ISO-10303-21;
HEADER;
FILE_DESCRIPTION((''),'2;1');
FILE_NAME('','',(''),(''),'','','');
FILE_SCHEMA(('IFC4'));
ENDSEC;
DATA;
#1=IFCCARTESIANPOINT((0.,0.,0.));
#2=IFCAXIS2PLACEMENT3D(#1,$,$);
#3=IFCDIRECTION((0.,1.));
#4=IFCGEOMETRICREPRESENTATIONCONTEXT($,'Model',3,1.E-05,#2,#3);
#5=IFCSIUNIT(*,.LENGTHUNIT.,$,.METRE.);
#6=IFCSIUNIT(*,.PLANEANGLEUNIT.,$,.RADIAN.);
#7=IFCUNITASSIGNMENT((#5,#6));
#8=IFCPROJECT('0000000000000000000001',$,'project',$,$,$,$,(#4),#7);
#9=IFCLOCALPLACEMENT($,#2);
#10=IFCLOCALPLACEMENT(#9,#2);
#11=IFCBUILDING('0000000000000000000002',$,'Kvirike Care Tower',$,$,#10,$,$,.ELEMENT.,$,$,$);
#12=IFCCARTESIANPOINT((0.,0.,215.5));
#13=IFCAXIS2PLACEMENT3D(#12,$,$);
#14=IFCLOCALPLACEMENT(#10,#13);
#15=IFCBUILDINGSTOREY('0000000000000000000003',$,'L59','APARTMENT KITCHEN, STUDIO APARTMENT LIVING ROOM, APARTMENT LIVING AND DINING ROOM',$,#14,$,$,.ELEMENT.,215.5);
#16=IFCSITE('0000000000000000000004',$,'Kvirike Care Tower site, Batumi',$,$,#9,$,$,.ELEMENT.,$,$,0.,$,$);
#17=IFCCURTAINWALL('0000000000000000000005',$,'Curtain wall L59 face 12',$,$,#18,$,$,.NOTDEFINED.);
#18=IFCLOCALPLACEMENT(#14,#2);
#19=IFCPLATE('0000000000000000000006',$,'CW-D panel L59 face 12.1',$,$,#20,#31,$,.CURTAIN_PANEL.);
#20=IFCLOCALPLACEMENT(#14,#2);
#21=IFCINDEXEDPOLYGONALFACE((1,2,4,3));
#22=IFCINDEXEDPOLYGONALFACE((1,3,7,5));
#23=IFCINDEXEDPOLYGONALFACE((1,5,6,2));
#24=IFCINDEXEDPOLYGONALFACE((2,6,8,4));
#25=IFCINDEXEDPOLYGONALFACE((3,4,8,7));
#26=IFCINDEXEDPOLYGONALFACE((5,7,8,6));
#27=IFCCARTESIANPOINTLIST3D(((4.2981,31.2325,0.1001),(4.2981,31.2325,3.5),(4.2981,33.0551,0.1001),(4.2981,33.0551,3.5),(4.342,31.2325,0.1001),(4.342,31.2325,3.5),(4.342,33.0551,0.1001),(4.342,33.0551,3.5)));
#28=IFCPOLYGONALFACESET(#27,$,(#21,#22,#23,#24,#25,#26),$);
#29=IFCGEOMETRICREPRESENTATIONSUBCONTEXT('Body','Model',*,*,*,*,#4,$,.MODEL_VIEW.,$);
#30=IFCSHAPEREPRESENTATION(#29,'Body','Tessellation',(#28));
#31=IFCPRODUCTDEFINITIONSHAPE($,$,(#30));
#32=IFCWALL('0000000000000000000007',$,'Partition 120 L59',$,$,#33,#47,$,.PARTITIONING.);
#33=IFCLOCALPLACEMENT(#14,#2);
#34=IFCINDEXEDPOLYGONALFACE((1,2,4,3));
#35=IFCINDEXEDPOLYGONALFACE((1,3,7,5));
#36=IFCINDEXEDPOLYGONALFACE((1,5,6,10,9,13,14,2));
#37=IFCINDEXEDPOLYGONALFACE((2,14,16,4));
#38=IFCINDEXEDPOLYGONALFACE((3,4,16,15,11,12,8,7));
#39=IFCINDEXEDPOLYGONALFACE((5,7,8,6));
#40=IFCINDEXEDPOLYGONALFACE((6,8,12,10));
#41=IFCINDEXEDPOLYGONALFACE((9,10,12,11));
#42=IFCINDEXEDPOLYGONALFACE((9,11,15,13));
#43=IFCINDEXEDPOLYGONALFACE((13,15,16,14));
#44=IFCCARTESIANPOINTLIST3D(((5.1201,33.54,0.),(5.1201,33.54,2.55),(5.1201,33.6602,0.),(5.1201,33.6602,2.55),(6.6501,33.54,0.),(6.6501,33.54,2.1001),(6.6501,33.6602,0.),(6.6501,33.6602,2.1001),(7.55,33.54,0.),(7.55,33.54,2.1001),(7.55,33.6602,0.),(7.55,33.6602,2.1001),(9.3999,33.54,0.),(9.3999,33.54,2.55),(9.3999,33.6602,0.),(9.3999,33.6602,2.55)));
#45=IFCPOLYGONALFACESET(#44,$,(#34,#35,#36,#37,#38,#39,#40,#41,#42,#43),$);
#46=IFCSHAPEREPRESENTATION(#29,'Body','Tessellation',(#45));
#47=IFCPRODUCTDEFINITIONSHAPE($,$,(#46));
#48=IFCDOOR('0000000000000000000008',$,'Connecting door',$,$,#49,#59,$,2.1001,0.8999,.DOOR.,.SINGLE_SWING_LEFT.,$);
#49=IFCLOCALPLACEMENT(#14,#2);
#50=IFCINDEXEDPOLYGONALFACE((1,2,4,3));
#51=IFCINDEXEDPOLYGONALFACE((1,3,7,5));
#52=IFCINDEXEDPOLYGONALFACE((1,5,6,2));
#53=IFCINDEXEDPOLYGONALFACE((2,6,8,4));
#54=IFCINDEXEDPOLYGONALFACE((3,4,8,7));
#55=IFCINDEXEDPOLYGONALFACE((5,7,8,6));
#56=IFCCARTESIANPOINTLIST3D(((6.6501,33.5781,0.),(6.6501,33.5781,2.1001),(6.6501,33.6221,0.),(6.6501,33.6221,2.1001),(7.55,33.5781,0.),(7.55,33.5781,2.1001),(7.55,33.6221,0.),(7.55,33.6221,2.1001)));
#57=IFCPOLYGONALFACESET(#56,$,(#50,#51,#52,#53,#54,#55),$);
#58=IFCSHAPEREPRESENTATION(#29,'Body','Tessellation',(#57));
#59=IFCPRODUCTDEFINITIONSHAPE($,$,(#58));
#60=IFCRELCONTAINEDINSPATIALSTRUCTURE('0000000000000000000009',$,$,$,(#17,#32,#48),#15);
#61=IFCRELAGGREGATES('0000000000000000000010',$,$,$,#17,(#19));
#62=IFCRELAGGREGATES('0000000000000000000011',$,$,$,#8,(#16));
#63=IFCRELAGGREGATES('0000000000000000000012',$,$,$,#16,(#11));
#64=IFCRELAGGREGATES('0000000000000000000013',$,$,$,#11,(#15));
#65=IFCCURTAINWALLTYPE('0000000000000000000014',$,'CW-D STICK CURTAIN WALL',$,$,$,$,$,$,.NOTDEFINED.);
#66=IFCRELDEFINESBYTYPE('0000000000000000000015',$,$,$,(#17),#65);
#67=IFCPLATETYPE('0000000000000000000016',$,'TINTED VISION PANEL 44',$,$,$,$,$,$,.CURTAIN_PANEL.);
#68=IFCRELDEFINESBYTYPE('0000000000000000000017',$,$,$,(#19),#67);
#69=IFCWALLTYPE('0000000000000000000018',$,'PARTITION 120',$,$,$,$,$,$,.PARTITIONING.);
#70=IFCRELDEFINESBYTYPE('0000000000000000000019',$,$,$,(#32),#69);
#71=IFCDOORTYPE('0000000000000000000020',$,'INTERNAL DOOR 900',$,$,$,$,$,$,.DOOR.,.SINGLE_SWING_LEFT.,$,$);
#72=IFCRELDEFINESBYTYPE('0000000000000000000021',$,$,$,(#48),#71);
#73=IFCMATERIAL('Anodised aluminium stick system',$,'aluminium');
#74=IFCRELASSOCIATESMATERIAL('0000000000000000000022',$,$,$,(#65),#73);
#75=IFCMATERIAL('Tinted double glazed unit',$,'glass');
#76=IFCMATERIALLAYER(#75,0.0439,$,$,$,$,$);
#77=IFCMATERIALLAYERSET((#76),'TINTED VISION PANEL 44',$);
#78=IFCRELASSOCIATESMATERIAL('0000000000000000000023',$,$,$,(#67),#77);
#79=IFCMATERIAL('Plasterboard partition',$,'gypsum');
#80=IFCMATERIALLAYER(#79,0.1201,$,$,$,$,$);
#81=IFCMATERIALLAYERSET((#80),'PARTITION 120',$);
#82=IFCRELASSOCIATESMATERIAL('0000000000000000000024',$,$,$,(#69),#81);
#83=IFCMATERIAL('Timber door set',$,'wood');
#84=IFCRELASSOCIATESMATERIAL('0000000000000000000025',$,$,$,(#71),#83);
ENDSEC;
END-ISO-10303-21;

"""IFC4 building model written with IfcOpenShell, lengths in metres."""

from ifc_helpers import new_model, si_unit, direction, frame, frame_2d, origin, origin_2d, place, context, subcontext, project, spatial, rectangle, extrude, material, layer, layer_set, type_object, element, fill, aggregate, save


model = new_model("IFC4")

# Units and contexts
model_context = context("Model", 3, precision=1e-05, world=origin(), true_north=direction((0.0, 1.0)))
body_context = subcontext(model_context, "Body", "Model", "MODEL_VIEW")
ifc_project = project(units=[si_unit("LENGTHUNIT", "METRE"), si_unit("PLANEANGLEUNIT", "RADIAN")], contexts=[model_context])

# Site, building, storey
site_placement = place(None, origin())
site = spatial("IfcSite", under=ifc_project, at=site_placement, Name="Kvirike Care Tower site, Batumi", CompositionType="ELEMENT", RefElevation=0.0)
building_placement = place(site_placement, origin())
building = spatial("IfcBuilding", under=site, at=building_placement, Name="Kvirike Care Tower", CompositionType="ELEMENT")
storey_placement = place(building_placement, frame((0.0, 0.0, 215.5)))
storey = spatial("IfcBuildingStorey", under=building, at=storey_placement, Name="L59", Description="APARTMENT KITCHEN, STUDIO APARTMENT LIVING ROOM, APARTMENT LIVING AND DINING ROOM", CompositionType="ELEMENT", Elevation=215.5)

# Curtain wall
ifc_material_1 = material(Name="Anodised aluminium stick system", Category="aluminium")
curtain_wall_type = type_object("IfcCurtainWallType", Name="CW-D STICK CURTAIN WALL", PredefinedType="NOTDEFINED", material=ifc_material_1)
curtain_wall_1_placement = place(storey_placement, origin())
curtain_wall_1 = element("IfcCurtainWall", 1, at=curtain_wall_1_placement, inside=storey, type_object=curtain_wall_type, Name="Curtain wall L59 face 12", PredefinedType="NOTDEFINED")

# Plate
ifc_material_2 = material(Name="Tinted double glazed unit", Category="glass")
ifc_layer_1 = layer(ifc_material_2, 0.0439)
ifc_layer_set_1 = layer_set([ifc_layer_1], Name="TINTED VISION PANEL 44")
plate_type = type_object("IfcPlateType", Name="TINTED VISION PANEL 44", PredefinedType="CURTAIN_PANEL", material=ifc_layer_set_1)
plate_1_placement = place(storey_placement, frame((4.3201, 32.1438, 0.1001), z_axis=(0.0, 0.0, 1.0), x_axis=(0.0, -1.0, 0.0)))
plate_1 = element("IfcPlate", 2, at=plate_1_placement, type_object=plate_type, Name="CW-D panel L59 face 12.1", PredefinedType="CURTAIN_PANEL", context=body_context, shape_type="SweptSolid", body=[
    extrude(rectangle(XDim=1.8225, YDim=0.0439, at=origin_2d()), origin(), (0.0, 0.0, 1.0), 3.3999),
])
aggregate(curtain_wall_1, [plate_1])

# Wall, opening, door
ifc_material_3 = material(Name="Plasterboard partition", Category="gypsum")
ifc_layer_2 = layer(ifc_material_3, 0.1201)
ifc_layer_set_2 = layer_set([ifc_layer_2], Name="PARTITION 120")
wall_type = type_object("IfcWallType", Name="PARTITION 120", PredefinedType="PARTITIONING", material=ifc_layer_set_2)
wall_placement = place(storey_placement, frame((5.1201, 33.6001, 0.0), z_axis=(0.0, 0.0, 1.0), x_axis=(1.0, 0.0, 0.0)))
wall = element("IfcWall", 3, at=wall_placement, inside=storey, type_object=wall_type, Name="Partition 120 L59", PredefinedType="PARTITIONING", context=body_context, shape_type="SweptSolid", body=[
    extrude(rectangle(XDim=4.2798, YDim=0.1201, at=frame_2d((2.1399, 0.0))), origin(), (0.0, 0.0, 1.0), 2.55),
])
opening_placement = place(wall_placement, frame((1.53, 0.0, 0.0)))
opening = element("IfcOpeningElement", 4, at=opening_placement, cuts=wall, PredefinedType="OPENING", context=body_context, shape_type="SweptSolid", body=[
    extrude(rectangle(XDim=0.8999, YDim=2.1001, at=frame_2d((0.45, 1.05))), frame((0.0, 0.0706, 0.0), z_axis=(0.0, -1.0, 0.0), x_axis=(1.0, 0.0, 0.0)), (0.0, 0.0, 1.0), 0.1411),
])
ifc_material_4 = material(Name="Timber door set", Category="wood")
door_type = type_object("IfcDoorType", Name="INTERNAL DOOR 900", OperationType="SINGLE_SWING_LEFT", PredefinedType="DOOR", material=ifc_material_4)
door_placement = place(opening_placement, frame((0.8999, 0.0, 0.0), z_axis=(0.0, 0.0, 1.0), x_axis=(-1.0, 0.0, 0.0)))
door = element("IfcDoor", 5, at=door_placement, inside=storey, type_object=door_type, Name="Connecting door", OperationType="SINGLE_SWING_LEFT", OverallHeight=2.1001, OverallWidth=0.8999, PredefinedType="DOOR", context=body_context, shape_type="SweptSolid", body=[
    extrude(rectangle(XDim=0.8999, YDim=2.1001, at=frame_2d((0.45, 1.05))), frame((0.0, 0.022, 0.0), z_axis=(0.0, -1.0, 0.0), x_axis=(1.0, 0.0, 0.0)), (0.0, 0.0, 1.0), 0.0439),
])
fill(opening, door)

save(model, "model.ifc")
